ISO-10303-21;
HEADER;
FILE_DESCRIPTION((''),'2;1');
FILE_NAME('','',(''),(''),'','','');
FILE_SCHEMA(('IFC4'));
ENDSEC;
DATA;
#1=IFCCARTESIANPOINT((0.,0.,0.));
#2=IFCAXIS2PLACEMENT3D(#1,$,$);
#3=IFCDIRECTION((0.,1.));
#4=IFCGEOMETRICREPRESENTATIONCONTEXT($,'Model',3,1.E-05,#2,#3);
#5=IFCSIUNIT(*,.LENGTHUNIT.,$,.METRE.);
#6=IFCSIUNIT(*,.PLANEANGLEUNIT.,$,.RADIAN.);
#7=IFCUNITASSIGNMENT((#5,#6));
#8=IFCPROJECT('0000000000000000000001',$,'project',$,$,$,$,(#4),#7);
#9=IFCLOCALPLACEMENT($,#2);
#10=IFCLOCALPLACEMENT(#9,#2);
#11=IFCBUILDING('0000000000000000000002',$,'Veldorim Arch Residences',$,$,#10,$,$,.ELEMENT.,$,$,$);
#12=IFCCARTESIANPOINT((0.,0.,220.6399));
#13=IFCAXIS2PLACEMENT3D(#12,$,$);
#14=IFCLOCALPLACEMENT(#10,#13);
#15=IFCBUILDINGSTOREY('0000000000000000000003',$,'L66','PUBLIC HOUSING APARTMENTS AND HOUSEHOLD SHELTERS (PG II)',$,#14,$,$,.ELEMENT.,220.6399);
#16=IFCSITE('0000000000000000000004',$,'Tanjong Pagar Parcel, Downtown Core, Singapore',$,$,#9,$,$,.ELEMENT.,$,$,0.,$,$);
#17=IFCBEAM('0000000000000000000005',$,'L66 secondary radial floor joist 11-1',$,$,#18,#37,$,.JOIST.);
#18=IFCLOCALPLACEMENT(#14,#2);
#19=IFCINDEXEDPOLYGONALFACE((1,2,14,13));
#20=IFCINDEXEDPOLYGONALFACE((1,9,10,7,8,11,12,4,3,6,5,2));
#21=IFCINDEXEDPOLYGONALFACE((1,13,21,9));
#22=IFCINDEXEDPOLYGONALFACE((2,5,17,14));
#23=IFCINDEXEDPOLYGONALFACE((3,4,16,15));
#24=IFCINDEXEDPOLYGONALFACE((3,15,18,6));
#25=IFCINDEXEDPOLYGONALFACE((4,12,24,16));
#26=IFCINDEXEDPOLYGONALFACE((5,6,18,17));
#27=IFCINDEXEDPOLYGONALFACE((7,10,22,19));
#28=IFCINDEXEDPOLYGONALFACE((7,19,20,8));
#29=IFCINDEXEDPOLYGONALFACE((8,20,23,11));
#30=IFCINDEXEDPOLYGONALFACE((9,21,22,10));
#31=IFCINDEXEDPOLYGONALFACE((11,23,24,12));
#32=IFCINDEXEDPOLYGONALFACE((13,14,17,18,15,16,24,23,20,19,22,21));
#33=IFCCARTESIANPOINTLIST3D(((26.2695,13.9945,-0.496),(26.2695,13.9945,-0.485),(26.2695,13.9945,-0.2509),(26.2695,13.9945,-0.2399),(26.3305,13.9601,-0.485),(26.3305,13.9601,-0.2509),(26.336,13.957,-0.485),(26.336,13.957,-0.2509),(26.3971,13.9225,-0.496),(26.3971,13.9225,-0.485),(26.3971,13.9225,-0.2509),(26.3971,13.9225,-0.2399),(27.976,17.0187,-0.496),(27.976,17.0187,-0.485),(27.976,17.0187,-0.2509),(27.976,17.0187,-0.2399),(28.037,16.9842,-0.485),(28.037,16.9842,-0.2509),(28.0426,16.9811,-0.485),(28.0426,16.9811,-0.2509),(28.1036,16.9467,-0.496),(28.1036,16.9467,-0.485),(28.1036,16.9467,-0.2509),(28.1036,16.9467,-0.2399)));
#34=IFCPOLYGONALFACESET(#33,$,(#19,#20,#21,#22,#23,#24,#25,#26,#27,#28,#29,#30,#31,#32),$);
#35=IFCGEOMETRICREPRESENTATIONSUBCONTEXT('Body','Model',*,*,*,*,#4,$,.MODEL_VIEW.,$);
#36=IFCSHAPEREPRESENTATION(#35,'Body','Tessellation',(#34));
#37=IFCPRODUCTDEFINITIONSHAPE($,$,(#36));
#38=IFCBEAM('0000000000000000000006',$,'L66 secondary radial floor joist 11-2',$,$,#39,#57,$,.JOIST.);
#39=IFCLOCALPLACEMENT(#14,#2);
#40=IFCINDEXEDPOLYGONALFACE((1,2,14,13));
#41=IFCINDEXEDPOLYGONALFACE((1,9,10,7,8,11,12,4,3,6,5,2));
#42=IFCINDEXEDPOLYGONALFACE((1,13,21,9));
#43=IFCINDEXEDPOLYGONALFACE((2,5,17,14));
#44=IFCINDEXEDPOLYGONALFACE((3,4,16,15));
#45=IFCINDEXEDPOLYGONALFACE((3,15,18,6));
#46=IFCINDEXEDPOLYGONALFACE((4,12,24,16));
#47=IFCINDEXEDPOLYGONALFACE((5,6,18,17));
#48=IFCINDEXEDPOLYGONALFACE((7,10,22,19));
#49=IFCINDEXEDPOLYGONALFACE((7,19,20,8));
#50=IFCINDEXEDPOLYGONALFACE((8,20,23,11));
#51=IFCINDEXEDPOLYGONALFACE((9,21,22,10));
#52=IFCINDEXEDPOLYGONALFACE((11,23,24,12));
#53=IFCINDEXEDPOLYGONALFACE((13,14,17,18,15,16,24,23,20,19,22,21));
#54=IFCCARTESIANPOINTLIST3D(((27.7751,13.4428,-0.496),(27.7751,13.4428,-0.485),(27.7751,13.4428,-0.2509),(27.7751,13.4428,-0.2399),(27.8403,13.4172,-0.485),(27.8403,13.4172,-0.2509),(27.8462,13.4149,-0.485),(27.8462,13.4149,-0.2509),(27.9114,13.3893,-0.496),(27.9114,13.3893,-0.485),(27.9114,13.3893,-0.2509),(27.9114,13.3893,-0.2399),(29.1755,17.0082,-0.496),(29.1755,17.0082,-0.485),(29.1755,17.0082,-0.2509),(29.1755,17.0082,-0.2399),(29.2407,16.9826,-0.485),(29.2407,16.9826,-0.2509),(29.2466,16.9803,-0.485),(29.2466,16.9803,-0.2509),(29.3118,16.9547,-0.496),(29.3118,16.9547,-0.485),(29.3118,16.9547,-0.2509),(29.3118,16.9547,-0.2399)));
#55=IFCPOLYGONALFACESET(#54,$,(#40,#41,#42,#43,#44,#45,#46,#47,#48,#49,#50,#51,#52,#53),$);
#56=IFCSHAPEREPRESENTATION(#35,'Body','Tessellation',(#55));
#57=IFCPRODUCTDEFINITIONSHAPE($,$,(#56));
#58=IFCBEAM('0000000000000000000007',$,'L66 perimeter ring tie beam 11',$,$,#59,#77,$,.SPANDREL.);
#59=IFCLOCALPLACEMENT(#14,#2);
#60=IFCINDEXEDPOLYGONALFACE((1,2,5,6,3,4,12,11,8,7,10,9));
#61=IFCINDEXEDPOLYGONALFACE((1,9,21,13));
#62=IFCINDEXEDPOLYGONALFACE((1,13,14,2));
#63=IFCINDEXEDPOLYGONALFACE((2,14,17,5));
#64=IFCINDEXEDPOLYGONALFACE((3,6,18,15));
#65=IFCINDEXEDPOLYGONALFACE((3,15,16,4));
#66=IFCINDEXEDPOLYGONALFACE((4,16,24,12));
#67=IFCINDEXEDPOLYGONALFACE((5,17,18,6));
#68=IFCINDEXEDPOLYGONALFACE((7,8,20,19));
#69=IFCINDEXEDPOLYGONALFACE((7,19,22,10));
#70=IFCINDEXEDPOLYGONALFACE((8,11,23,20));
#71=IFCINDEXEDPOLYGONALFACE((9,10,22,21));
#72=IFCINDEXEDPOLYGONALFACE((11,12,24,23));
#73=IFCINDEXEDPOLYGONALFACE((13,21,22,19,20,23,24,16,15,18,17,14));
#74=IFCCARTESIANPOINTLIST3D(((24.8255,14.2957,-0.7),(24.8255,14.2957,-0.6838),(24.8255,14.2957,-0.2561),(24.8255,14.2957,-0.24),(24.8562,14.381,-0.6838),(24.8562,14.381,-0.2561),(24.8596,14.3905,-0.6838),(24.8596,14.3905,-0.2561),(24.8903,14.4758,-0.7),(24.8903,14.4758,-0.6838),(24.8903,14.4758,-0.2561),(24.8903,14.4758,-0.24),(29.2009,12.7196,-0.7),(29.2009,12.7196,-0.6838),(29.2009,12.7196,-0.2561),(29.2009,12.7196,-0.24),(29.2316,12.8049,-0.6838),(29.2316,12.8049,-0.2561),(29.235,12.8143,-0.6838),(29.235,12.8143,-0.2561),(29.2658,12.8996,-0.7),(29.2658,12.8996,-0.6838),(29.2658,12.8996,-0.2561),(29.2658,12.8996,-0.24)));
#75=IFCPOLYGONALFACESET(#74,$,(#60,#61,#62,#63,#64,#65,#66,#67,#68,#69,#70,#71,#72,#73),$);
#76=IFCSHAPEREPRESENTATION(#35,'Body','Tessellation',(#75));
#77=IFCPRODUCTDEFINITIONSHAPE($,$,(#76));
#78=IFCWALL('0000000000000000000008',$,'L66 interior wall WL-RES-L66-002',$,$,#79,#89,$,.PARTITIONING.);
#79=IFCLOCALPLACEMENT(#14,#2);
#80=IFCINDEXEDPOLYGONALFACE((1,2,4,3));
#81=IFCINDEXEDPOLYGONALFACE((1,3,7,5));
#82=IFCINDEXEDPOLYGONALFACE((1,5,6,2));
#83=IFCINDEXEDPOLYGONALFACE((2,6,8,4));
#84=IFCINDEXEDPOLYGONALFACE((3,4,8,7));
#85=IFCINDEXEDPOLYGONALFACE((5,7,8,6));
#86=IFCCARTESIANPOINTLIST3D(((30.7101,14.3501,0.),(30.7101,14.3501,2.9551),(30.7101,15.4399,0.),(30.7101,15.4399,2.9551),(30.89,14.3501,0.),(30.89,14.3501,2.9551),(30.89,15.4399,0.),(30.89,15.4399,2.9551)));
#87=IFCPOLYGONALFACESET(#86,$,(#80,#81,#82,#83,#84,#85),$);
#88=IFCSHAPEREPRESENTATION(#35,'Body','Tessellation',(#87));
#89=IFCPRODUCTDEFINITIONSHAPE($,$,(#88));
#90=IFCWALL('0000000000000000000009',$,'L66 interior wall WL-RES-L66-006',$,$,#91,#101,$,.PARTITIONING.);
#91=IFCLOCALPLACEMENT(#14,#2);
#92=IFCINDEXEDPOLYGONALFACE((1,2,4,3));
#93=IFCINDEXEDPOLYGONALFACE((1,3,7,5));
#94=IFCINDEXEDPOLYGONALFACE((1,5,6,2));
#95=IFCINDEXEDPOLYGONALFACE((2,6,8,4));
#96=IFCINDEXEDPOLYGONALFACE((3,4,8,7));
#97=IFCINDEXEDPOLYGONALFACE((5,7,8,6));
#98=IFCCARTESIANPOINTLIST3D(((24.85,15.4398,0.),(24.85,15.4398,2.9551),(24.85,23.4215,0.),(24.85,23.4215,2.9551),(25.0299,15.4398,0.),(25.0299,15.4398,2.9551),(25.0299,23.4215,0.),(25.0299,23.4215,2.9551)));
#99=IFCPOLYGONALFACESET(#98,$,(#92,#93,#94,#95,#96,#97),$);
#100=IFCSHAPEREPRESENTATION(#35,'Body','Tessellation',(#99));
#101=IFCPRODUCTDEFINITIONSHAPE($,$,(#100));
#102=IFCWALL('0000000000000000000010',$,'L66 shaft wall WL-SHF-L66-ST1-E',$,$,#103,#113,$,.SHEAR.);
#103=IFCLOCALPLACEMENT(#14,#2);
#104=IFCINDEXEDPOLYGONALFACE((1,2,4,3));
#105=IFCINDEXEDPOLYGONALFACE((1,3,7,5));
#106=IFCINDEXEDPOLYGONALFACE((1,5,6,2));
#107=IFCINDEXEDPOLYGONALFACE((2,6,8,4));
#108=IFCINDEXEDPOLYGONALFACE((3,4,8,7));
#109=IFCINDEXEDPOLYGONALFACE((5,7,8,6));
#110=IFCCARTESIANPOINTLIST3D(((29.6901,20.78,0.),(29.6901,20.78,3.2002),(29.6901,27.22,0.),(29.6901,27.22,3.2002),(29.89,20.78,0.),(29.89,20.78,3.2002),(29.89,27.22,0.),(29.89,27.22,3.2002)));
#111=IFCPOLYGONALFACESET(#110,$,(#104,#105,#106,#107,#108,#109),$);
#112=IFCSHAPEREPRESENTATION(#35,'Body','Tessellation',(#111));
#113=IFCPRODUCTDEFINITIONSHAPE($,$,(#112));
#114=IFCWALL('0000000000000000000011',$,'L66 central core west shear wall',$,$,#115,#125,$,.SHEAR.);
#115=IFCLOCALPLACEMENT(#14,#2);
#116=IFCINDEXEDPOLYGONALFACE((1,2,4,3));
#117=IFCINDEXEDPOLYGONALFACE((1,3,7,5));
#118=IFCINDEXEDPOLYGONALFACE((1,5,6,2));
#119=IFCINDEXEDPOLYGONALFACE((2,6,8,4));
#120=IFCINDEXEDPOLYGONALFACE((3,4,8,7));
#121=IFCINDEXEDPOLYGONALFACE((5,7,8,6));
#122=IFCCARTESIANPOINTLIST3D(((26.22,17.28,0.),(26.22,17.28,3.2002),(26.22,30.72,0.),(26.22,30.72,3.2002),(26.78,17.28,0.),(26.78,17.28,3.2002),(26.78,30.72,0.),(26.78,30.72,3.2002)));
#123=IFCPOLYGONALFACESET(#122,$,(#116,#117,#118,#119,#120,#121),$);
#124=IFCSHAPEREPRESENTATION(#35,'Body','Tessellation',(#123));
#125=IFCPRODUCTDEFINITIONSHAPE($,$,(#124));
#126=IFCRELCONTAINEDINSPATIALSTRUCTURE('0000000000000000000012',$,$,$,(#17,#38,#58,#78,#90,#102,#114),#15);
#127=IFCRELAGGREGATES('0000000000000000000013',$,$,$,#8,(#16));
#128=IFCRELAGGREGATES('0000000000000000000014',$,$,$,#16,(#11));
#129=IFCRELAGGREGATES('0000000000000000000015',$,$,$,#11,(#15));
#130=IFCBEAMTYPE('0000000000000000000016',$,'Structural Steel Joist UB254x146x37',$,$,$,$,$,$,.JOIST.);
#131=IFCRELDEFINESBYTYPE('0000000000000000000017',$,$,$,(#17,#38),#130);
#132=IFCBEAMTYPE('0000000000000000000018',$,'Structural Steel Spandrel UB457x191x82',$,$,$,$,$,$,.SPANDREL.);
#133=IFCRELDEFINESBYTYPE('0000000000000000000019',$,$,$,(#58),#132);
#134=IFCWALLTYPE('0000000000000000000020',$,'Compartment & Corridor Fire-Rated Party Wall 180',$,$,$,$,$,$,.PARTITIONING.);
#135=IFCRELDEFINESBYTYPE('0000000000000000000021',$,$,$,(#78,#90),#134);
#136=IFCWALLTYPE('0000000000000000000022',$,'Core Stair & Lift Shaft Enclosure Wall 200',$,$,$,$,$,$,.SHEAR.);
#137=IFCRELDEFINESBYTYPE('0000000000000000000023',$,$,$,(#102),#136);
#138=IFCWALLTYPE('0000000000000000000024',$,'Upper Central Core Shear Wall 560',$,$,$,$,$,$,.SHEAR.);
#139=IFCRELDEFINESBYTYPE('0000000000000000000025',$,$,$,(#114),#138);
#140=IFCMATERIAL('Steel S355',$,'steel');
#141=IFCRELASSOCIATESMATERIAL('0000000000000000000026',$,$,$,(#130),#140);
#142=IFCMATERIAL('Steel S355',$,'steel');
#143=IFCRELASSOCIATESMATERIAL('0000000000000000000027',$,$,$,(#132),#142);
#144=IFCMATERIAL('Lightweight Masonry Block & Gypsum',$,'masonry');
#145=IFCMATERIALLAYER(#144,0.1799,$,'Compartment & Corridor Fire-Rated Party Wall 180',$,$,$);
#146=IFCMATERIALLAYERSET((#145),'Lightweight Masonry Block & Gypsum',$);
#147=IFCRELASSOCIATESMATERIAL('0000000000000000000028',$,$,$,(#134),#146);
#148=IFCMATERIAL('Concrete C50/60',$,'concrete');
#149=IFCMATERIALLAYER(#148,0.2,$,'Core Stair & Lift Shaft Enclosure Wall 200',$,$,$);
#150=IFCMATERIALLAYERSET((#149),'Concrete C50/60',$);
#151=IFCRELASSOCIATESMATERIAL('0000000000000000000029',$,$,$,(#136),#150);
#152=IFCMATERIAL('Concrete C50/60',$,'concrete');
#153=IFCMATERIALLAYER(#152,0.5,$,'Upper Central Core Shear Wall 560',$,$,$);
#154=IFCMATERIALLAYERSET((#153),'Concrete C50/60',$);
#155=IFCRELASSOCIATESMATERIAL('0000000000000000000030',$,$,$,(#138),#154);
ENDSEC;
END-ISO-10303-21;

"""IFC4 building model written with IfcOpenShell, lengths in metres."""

from ifc_helpers import new_model, si_unit, direction, frame, frame_2d, origin, origin_2d, place, context, subcontext, project, spatial, rectangle, i_section, extrude, material, layer, layer_set, material_profile, profile_set, type_object, element, save


model = new_model("IFC4")

# Units and contexts
model_context = context("Model", 3, precision=1e-05, world=origin(), true_north=direction((0.0, 1.0)))
body_context = subcontext(model_context, "Body", "Model", "MODEL_VIEW")
ifc_project = project(units=[si_unit("LENGTHUNIT", "METRE"), si_unit("PLANEANGLEUNIT", "RADIAN")], contexts=[model_context])

# Site, building, storey
site_placement = place(None, origin())
site = spatial("IfcSite", under=ifc_project, at=site_placement, Name="Tanjong Pagar Parcel, Downtown Core, Singapore", CompositionType="ELEMENT", RefElevation=0.0)
building_placement = place(site_placement, origin())
building = spatial("IfcBuilding", under=site, at=building_placement, Name="Veldorim Arch Residences", CompositionType="ELEMENT")
storey_placement = place(building_placement, frame((0.0, 0.0, 220.6399)))
storey = spatial("IfcBuildingStorey", under=building, at=storey_placement, Name="L66", Description="PUBLIC HOUSING APARTMENTS AND HOUSEHOLD SHELTERS (PG II)", CompositionType="ELEMENT", Elevation=220.6399)

# Beams
ifc_material_1 = material(Name="Steel S355", Category="steel")
ifc_material_profile_1 = material_profile(ifc_material_1, i_section(OverallWidth=0.1465, OverallDepth=0.2561, WebThickness=0.0063, FlangeThickness=0.011, at=origin_2d()), Name="UB254x146x37")
ifc_profile_set_1 = profile_set([ifc_material_profile_1], Name="Steel S355")
beam_type_1 = type_object("IfcBeamType", Name="Structural Steel Joist UB254x146x37", PredefinedType="JOIST", material=ifc_profile_set_1)
beam_1_placement = place(storey_placement, frame((28.0398, 16.9827, -0.3679), z_axis=(-0.491452, -0.870904, 0.0), x_axis=(0.870904, -0.491452, 0.0)))
element("IfcBeam", 1, at=beam_1_placement, inside=storey, type_object=beam_type_1, Name="L66 secondary radial floor joist 11-1", PredefinedType="JOIST", context=body_context, shape_type="SweptSolid", body=[
    extrude(i_section(OverallWidth=0.1465, OverallDepth=0.2561, WebThickness=0.0063, FlangeThickness=0.011, at=origin_2d()), origin(), (0.0, 0.0, 1.0), 3.4724),
])
beam_2_placement = place(storey_placement, frame((29.2437, 16.9814, -0.3679), z_axis=(-0.365581, -0.930779, 0.0), x_axis=(0.930779, -0.365581, 0.0)))
element("IfcBeam", 2, at=beam_2_placement, inside=storey, type_object=beam_type_1, Name="L66 secondary radial floor joist 11-2", PredefinedType="JOIST", context=body_context, shape_type="SweptSolid", body=[
    extrude(i_section(OverallWidth=0.1465, OverallDepth=0.2561, WebThickness=0.0063, FlangeThickness=0.011, at=origin_2d()), origin(), (0.0, 0.0, 1.0), 3.8306),
])
ifc_material_2 = material(Name="Steel S355", Category="steel")
ifc_material_profile_2 = material_profile(ifc_material_2, i_section(OverallWidth=0.1914, OverallDepth=0.46, WebThickness=0.01, FlangeThickness=0.0161, at=origin_2d()), Name="UB457x191x82")
ifc_profile_set_2 = profile_set([ifc_material_profile_2], Name="Steel S355")
beam_type_2 = type_object("IfcBeamType", Name="Structural Steel Spandrel UB457x191x82", PredefinedType="SPANDREL", material=ifc_profile_set_2)
beam_3_placement = place(storey_placement, frame((24.8579, 14.3857, -0.47), z_axis=(0.940819, -0.338909, 0.0), x_axis=(0.338909, 0.940819, 0.0)))
element("IfcBeam", 3, at=beam_3_placement, inside=storey, type_object=beam_type_2, Name="L66 perimeter ring tie beam 11", PredefinedType="SPANDREL", context=body_context, shape_type="SweptSolid", body=[
    extrude(i_section(OverallWidth=0.1914, OverallDepth=0.46, WebThickness=0.01, FlangeThickness=0.0161, at=origin_2d()), origin(), (0.0, 0.0, 1.0), 4.6506),
])

# Wall
ifc_material_3 = material(Name="Lightweight Masonry Block & Gypsum", Category="masonry")
ifc_layer_1 = layer(ifc_material_3, 0.1799, Name="Compartment & Corridor Fire-Rated Party Wall 180")
ifc_layer_set_1 = layer_set([ifc_layer_1], Name="Lightweight Masonry Block & Gypsum")
wall_type_1 = type_object("IfcWallType", Name="Compartment & Corridor Fire-Rated Party Wall 180", PredefinedType="PARTITIONING", material=ifc_layer_set_1)
wall_1_placement = place(storey_placement, frame((30.8, 14.3501, 0.0), z_axis=(0.0, 0.0, 1.0), x_axis=(0.0, 1.0, 0.0)))
element("IfcWall", 4, at=wall_1_placement, inside=storey, type_object=wall_type_1, Name="L66 interior wall WL-RES-L66-002", PredefinedType="PARTITIONING", context=body_context, shape_type="SweptSolid", body=[
    extrude(rectangle(XDim=1.0898, YDim=0.1799, at=frame_2d((0.5449, 0.0))), origin(), (0.0, 0.0, 1.0), 2.9551),
])

# Walls
wall_2_placement = place(storey_placement, frame((24.9399, 15.4399, 0.0), z_axis=(0.0, 0.0, 1.0), x_axis=(0.0, 1.0, 0.0)))
element("IfcWall", 5, at=wall_2_placement, inside=storey, type_object=wall_type_1, Name="L66 interior wall WL-RES-L66-006", PredefinedType="PARTITIONING", context=body_context, shape_type="SweptSolid", body=[
    extrude(rectangle(XDim=7.9817, YDim=0.1799, at=frame_2d((3.9907, 0.0))), origin(), (0.0, 0.0, 1.0), 2.9551),
])
ifc_material_4 = material(Name="Concrete C50/60", Category="concrete")
ifc_layer_2 = layer(ifc_material_4, 0.2, Name="Core Stair & Lift Shaft Enclosure Wall 200")
ifc_layer_set_2 = layer_set([ifc_layer_2], Name="Concrete C50/60")
wall_type_2 = type_object("IfcWallType", Name="Core Stair & Lift Shaft Enclosure Wall 200", PredefinedType="SHEAR", material=ifc_layer_set_2)
wall_3_placement = place(storey_placement, frame((29.79, 20.78, 0.0), z_axis=(0.0, 0.0, 1.0), x_axis=(0.0, 1.0, 0.0)))
element("IfcWall", 6, at=wall_3_placement, inside=storey, type_object=wall_type_2, Name="L66 shaft wall WL-SHF-L66-ST1-E", PredefinedType="SHEAR", context=body_context, shape_type="SweptSolid", body=[
    extrude(rectangle(XDim=6.4399, YDim=0.2, at=frame_2d((3.22, 0.0))), origin(), (0.0, 0.0, 1.0), 3.2002),
])

# Shared definitions
ifc_material_5 = material(Name="Concrete C50/60", Category="concrete")
ifc_layer_3 = layer(ifc_material_5, 0.5, Name="Upper Central Core Shear Wall 560")
ifc_layer_set_3 = layer_set([ifc_layer_3], Name="Concrete C50/60")
wall_type_3 = type_object("IfcWallType", Name="Upper Central Core Shear Wall 560", PredefinedType="SHEAR", material=ifc_layer_set_3)

# Wall
wall_4_placement = place(storey_placement, frame((26.5, 17.28, 0.0), z_axis=(0.0, 0.0, 1.0), x_axis=(0.0, 1.0, 0.0)))
element("IfcWall", 7, at=wall_4_placement, inside=storey, type_object=wall_type_3, Name="L66 central core west shear wall", PredefinedType="SHEAR", context=body_context, shape_type="SweptSolid", body=[
    extrude(rectangle(XDim=13.4399, YDim=0.5601, at=frame_2d((6.72, 0.0))), origin(), (0.0, 0.0, 1.0), 3.2002),
])

save(model, "model.ifc")
